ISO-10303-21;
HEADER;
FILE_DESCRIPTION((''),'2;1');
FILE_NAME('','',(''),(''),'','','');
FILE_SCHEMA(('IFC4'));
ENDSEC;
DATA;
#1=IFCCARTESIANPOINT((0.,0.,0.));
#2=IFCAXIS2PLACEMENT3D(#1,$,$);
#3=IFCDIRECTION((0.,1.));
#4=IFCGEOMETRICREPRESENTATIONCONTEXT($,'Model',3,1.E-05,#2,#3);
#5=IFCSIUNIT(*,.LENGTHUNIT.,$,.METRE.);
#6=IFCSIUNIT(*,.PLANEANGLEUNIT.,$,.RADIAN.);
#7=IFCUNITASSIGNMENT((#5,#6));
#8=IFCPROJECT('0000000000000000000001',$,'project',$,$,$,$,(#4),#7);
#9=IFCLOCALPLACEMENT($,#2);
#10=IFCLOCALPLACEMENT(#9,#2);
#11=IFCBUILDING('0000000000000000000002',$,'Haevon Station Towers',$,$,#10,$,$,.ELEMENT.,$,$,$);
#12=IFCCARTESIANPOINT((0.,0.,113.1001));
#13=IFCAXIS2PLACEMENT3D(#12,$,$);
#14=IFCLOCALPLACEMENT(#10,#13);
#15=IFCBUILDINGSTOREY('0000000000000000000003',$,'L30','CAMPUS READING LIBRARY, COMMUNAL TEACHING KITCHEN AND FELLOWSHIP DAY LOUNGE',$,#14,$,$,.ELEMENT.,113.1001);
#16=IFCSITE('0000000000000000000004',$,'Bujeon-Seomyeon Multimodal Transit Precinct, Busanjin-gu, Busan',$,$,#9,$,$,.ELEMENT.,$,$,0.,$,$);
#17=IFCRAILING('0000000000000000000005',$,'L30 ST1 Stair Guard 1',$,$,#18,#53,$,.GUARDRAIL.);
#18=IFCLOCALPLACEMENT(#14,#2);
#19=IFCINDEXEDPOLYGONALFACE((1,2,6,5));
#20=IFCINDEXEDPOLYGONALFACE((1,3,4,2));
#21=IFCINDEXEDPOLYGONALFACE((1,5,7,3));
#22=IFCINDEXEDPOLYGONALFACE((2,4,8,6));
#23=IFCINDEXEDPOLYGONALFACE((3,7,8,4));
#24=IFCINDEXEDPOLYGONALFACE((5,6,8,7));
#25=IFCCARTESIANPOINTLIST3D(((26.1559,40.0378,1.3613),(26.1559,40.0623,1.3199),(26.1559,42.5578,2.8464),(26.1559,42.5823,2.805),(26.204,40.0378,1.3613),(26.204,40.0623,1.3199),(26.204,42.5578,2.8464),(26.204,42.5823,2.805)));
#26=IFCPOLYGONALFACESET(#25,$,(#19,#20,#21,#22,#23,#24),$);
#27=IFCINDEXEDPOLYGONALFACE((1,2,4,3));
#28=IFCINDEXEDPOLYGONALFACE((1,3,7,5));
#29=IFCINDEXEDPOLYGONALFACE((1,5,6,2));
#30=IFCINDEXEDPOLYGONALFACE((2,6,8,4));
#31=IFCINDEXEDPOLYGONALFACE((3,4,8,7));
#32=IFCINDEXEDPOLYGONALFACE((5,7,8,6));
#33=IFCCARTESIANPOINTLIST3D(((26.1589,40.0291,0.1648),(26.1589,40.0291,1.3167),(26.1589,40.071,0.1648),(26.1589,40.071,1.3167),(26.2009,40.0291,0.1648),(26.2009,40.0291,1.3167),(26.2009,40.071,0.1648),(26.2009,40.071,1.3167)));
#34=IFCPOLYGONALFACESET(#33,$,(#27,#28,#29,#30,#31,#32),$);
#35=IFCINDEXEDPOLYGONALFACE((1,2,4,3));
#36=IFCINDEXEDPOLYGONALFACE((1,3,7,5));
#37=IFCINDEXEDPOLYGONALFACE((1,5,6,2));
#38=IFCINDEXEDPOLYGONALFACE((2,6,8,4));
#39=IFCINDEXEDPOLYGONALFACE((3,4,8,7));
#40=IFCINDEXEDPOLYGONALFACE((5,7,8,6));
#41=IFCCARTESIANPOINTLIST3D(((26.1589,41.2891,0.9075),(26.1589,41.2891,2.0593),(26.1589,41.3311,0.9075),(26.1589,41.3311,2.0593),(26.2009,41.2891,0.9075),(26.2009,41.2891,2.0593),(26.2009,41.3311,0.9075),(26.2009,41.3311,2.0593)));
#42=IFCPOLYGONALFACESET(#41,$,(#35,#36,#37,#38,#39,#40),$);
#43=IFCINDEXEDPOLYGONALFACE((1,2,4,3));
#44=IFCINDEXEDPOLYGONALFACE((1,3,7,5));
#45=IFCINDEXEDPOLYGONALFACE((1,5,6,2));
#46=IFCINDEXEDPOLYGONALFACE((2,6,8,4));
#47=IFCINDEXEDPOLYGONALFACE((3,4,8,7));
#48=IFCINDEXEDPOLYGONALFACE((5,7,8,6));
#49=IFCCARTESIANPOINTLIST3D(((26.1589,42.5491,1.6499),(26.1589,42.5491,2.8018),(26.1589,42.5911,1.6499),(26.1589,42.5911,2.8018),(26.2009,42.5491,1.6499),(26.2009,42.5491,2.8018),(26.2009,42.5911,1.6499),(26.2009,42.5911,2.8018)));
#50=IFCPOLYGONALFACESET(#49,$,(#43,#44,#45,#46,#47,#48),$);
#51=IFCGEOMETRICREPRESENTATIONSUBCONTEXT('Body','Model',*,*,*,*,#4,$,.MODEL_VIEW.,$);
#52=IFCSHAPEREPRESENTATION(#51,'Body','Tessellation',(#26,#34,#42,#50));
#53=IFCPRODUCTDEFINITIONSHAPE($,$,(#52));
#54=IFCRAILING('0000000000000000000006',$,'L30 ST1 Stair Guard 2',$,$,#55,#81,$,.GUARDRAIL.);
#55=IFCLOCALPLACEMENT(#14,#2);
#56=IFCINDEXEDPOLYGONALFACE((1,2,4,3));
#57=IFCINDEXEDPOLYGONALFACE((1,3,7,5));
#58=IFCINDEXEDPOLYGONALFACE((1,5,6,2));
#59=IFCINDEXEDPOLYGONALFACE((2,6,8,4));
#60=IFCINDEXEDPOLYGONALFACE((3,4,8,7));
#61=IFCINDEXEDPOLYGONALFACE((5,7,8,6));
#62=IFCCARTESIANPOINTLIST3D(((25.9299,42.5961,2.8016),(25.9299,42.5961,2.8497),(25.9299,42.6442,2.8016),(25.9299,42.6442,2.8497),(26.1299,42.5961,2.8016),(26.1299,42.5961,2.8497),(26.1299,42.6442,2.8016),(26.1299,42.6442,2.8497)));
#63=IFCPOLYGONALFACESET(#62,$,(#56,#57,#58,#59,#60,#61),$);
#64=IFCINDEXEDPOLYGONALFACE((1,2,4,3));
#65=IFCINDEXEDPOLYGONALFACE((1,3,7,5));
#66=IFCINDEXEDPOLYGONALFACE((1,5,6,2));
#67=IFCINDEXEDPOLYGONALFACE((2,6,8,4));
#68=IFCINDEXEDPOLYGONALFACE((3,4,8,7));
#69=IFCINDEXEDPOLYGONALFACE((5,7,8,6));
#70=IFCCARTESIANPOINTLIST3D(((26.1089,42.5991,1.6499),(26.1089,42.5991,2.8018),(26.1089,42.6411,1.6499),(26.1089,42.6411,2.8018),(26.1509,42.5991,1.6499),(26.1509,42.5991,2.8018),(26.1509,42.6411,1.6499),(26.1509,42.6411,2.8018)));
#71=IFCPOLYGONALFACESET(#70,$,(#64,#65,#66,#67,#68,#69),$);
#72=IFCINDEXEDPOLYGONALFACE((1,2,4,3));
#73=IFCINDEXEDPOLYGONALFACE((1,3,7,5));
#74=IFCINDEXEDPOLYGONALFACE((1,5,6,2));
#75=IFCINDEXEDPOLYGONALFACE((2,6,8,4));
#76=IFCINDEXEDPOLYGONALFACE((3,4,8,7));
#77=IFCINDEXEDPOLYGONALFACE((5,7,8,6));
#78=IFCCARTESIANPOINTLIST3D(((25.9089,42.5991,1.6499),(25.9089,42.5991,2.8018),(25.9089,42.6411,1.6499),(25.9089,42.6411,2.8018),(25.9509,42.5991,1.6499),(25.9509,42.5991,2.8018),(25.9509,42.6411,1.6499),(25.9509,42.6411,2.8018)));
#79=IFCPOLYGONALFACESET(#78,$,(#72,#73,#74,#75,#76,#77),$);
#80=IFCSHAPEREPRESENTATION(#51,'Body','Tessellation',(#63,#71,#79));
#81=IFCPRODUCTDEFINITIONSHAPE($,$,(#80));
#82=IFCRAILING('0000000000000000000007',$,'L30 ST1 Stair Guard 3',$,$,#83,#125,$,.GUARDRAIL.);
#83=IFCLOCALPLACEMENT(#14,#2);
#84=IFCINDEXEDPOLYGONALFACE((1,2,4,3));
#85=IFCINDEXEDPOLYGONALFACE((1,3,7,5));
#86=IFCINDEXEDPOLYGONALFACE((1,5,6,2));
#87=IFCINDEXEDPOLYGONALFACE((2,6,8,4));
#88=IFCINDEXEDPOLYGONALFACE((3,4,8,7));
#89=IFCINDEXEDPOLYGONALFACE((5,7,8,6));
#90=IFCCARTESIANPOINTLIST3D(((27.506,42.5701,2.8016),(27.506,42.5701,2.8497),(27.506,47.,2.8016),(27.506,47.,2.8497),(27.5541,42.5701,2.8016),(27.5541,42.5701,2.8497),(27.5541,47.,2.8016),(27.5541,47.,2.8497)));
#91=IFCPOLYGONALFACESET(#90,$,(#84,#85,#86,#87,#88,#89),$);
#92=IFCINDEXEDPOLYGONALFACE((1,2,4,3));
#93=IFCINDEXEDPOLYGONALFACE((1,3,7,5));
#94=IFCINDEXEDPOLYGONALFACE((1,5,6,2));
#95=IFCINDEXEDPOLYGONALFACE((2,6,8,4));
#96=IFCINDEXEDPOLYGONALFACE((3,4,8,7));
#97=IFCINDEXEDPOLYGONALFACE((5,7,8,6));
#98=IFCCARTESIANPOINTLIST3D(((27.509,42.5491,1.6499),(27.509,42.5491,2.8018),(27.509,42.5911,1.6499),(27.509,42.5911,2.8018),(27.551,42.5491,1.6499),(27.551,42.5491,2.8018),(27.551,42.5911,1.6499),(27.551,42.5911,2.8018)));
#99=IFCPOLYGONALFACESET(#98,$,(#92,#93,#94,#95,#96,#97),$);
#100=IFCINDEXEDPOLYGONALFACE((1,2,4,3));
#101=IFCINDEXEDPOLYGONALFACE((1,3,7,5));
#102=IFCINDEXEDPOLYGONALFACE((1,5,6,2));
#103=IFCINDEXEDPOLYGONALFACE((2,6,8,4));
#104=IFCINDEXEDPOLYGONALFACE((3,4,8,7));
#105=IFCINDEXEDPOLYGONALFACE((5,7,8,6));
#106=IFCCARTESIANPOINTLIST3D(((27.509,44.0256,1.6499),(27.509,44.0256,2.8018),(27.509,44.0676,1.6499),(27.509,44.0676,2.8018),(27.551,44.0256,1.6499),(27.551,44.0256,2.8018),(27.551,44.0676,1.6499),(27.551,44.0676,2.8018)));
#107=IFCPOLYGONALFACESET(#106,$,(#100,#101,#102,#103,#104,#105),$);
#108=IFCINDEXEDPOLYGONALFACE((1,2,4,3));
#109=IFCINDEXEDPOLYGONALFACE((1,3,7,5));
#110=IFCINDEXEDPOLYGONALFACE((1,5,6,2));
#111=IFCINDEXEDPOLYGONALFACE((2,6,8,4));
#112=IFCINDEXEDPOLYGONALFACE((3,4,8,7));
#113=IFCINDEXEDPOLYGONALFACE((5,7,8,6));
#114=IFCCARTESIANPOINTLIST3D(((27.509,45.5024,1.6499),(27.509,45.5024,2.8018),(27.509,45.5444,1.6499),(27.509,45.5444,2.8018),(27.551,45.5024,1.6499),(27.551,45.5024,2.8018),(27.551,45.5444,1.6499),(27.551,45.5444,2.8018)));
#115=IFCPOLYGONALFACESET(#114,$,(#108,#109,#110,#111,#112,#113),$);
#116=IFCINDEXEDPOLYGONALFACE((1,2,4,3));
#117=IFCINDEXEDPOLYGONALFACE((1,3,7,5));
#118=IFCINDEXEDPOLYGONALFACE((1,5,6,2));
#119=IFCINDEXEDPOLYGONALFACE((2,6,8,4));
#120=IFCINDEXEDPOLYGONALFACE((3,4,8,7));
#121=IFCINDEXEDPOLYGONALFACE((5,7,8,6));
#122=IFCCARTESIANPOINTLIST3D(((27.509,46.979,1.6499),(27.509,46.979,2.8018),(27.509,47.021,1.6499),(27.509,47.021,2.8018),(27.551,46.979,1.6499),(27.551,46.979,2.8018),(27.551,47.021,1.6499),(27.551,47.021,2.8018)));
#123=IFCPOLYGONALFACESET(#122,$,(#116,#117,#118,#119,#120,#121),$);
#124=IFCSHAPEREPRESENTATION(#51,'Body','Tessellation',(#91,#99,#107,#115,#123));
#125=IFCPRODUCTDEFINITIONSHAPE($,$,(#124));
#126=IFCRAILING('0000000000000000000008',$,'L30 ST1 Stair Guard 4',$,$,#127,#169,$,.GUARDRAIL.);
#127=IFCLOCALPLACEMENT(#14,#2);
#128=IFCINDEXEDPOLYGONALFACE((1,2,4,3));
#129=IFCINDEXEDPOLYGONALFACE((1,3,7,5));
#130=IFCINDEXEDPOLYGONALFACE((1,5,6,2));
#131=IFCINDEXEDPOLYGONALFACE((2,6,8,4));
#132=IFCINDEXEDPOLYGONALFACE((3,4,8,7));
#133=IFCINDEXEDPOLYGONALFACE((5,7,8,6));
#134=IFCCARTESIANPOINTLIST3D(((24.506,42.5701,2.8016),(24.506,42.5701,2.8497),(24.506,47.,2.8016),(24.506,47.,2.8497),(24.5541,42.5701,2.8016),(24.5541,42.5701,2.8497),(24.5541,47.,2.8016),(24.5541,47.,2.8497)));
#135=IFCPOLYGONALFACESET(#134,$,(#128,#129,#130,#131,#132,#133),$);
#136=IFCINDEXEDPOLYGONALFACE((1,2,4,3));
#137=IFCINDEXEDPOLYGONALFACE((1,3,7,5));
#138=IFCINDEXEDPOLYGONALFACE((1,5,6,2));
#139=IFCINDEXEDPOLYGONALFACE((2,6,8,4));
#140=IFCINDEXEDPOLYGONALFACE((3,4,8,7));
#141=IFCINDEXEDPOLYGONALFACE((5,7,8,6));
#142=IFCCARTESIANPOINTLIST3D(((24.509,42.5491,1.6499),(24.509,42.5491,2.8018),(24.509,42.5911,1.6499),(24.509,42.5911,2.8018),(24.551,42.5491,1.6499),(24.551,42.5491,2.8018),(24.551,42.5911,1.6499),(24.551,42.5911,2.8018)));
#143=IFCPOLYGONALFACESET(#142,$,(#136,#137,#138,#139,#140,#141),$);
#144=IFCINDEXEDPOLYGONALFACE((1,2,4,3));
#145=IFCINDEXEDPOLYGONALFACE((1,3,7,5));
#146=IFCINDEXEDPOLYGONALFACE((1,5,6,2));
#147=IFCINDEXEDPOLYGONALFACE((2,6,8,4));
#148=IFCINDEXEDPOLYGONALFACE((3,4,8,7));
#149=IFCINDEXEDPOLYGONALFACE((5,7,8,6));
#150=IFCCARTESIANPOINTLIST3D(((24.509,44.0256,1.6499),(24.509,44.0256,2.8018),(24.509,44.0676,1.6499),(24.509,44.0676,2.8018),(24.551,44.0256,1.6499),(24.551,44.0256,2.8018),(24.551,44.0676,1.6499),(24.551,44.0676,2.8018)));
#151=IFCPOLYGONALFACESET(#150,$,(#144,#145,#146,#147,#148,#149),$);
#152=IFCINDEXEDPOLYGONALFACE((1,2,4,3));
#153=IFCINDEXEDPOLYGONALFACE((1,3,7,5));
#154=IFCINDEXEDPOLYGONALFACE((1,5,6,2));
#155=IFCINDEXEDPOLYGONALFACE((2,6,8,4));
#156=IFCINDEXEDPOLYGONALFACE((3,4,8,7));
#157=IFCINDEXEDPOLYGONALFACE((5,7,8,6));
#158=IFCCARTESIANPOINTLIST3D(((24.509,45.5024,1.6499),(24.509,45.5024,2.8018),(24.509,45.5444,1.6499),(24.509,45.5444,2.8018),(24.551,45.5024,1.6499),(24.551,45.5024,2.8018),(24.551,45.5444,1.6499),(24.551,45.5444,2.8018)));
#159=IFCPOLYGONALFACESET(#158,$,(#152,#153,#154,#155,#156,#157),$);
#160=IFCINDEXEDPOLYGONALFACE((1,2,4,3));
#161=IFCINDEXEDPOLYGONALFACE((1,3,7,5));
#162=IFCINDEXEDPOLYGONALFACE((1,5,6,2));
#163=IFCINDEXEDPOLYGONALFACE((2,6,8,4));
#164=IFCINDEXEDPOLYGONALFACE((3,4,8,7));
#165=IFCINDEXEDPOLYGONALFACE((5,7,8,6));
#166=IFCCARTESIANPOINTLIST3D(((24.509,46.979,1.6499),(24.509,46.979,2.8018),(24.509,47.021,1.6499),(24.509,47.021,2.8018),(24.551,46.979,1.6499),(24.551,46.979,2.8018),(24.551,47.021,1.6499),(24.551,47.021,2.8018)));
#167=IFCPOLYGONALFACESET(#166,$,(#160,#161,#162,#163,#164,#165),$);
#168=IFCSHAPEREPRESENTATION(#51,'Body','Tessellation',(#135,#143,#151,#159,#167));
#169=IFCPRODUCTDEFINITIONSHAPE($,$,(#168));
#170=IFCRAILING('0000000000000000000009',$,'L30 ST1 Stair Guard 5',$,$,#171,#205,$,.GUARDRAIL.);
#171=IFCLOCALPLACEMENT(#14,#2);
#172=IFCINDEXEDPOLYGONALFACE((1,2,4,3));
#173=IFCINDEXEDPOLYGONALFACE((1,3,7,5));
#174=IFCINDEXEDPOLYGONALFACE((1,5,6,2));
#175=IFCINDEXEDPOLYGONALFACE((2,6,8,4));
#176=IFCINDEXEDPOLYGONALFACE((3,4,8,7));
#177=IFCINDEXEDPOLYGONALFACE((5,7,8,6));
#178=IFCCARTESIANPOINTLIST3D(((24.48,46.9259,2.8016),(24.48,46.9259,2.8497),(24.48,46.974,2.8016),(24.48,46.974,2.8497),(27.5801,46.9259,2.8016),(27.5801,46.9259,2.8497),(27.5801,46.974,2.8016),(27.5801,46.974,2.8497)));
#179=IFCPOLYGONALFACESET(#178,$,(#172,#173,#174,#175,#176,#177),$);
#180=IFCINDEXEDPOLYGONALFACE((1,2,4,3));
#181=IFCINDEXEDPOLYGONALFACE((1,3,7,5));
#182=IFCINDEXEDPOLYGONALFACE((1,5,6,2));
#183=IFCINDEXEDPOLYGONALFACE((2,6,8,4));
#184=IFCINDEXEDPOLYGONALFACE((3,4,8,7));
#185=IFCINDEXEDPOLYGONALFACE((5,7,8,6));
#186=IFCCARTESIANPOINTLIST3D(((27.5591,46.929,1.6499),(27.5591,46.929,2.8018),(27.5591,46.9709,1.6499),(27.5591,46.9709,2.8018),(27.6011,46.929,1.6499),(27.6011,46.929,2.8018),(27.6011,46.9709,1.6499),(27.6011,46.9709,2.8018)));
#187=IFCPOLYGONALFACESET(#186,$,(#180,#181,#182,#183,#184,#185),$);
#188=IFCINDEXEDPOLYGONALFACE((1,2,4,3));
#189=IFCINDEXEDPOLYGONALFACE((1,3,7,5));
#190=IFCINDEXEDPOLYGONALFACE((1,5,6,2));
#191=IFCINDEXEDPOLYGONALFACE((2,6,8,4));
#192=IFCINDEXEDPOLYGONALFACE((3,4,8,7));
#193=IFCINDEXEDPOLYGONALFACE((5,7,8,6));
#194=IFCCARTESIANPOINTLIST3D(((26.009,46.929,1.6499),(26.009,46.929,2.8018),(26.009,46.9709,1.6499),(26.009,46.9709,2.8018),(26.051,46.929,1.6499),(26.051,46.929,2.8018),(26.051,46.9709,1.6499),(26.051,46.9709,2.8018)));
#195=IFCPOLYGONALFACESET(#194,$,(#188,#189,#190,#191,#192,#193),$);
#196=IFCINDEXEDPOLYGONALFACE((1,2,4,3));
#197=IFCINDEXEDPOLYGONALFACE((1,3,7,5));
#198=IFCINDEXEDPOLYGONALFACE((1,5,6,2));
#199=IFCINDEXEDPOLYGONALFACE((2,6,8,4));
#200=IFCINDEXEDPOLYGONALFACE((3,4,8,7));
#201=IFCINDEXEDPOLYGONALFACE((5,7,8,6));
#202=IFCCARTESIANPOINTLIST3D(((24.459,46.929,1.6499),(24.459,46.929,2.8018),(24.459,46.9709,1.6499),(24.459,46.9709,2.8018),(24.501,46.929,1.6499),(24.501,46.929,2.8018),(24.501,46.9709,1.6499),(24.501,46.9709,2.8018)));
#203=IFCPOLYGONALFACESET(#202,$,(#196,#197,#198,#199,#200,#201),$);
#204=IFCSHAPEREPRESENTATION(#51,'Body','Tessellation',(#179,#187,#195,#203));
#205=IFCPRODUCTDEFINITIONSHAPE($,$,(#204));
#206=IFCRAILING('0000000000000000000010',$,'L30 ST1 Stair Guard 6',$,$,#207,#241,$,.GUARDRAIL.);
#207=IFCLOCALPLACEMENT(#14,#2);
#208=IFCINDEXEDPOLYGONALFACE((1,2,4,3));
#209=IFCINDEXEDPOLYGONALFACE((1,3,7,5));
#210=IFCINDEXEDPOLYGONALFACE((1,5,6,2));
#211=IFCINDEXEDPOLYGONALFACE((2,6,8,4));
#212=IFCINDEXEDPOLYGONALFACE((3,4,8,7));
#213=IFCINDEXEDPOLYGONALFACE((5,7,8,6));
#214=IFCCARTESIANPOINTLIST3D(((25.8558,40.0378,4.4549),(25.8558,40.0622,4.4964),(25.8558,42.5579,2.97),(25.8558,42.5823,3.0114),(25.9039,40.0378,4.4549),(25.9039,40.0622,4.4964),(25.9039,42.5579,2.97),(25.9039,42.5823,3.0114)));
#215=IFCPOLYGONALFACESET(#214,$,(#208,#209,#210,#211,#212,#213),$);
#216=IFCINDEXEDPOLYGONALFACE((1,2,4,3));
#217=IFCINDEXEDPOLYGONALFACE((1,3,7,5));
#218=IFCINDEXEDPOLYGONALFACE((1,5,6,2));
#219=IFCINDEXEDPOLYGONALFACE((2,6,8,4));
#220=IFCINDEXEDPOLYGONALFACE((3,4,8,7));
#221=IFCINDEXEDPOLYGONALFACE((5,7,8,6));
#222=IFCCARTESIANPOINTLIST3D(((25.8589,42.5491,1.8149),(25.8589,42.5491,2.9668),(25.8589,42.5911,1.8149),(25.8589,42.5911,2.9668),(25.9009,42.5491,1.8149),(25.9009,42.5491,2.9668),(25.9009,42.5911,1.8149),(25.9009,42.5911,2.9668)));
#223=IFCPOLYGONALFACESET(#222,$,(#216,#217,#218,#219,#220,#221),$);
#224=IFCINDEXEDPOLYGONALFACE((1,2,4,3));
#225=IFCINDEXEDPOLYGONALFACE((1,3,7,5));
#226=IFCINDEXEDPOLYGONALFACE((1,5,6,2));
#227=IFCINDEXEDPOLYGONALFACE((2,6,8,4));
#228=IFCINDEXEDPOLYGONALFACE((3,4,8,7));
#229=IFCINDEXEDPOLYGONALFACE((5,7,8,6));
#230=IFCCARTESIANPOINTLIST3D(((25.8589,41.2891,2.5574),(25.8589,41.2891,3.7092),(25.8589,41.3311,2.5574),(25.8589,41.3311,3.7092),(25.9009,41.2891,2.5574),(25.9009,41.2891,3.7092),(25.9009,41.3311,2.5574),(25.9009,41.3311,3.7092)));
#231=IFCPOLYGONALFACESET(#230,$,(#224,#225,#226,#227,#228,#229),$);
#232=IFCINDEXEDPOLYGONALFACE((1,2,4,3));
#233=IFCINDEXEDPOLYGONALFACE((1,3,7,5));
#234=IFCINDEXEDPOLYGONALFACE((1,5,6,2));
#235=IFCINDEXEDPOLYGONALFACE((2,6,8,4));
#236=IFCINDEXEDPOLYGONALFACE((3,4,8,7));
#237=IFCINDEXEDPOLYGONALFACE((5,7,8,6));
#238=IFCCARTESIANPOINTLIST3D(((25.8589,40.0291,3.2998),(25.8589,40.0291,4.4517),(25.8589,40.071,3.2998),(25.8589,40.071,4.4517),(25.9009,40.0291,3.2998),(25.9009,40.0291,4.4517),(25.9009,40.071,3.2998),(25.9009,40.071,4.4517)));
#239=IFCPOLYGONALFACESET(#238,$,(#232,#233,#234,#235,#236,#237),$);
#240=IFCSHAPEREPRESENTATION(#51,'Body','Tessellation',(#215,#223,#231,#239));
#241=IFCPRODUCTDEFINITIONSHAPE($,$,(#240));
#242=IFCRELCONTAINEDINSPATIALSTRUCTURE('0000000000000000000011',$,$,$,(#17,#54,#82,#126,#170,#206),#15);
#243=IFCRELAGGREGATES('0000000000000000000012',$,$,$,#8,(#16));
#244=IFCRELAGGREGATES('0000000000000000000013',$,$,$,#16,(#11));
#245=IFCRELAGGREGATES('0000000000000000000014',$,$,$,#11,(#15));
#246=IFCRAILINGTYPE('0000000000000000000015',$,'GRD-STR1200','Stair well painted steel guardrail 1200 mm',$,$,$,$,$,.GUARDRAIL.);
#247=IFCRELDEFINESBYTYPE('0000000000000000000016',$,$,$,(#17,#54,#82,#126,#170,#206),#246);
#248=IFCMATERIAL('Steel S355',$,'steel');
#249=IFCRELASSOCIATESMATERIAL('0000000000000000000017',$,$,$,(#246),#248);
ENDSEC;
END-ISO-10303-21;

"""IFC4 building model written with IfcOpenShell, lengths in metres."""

from ifc_helpers import new_model, si_unit, direction, frame, origin, origin_2d, place, context, subcontext, project, spatial, rectangle, extrude, material, type_object, element, save


model = new_model("IFC4")

# Units and contexts
model_context = context("Model", 3, precision=1e-05, world=origin(), true_north=direction((0.0, 1.0)))
body_context = subcontext(model_context, "Body", "Model", "MODEL_VIEW")
ifc_project = project(units=[si_unit("LENGTHUNIT", "METRE"), si_unit("PLANEANGLEUNIT", "RADIAN")], contexts=[model_context])

# Site, building, storey
site_placement = place(None, origin())
site = spatial("IfcSite", under=ifc_project, at=site_placement, Name="Bujeon-Seomyeon Multimodal Transit Precinct, Busanjin-gu, Busan", CompositionType="ELEMENT", RefElevation=0.0)
building_placement = place(site_placement, origin())
building = spatial("IfcBuilding", under=site, at=building_placement, Name="Haevon Station Towers", CompositionType="ELEMENT")
storey_placement = place(building_placement, frame((0.0, 0.0, 113.1001)))
storey = spatial("IfcBuildingStorey", under=building, at=storey_placement, Name="L30", Description="CAMPUS READING LIBRARY, COMMUNAL TEACHING KITCHEN AND FELLOWSHIP DAY LOUNGE", CompositionType="ELEMENT", Elevation=113.1001)

# Shared definitions
ifc_material_1 = material(Name="Steel S355", Category="steel")

# Railings
railing_type_1 = type_object("IfcRailingType", Name="GRD-STR1200", Description="Stair well painted steel guardrail 1200 mm", PredefinedType="GUARDRAIL", material=ifc_material_1)
railing_1_placement = place(storey_placement, frame((26.1799, 40.05, 0.1648)))
element("IfcRailing", 1, at=railing_1_placement, inside=storey, type_object=railing_type_1, Name="L30 ST1 Stair Guard 1", PredefinedType="GUARDRAIL", context=body_context, shape_type="SweptSolid", body=[
    extrude(rectangle(XDim=0.0481, YDim=0.0481, at=origin_2d()), frame((0.0, 0.0, 1.1758), z_axis=(0.0, 0.861524, 0.507717), x_axis=(-1.0, 0.0, 0.0)), (0.0, 0.0, 1.0), 2.925),
    extrude(rectangle(XDim=0.042, YDim=0.042, at=origin_2d()), origin(), (0.0, 0.0, 1.0), 1.1519),
    extrude(rectangle(XDim=0.042, YDim=0.042, at=origin_2d()), frame((0.0, 1.26, 0.7427)), (0.0, 0.0, 1.0), 1.1519),
    extrude(rectangle(XDim=0.042, YDim=0.042, at=origin_2d()), frame((0.0, 2.52, 1.4851)), (0.0, 0.0, 1.0), 1.1519),
])
railing_2_placement = place(storey_placement, frame((26.1299, 42.6201, 1.6499)))
element("IfcRailing", 2, at=railing_2_placement, inside=storey, type_object=railing_type_1, Name="L30 ST1 Stair Guard 2", PredefinedType="GUARDRAIL", context=body_context, shape_type="SweptSolid", body=[
    extrude(rectangle(XDim=0.0481, YDim=0.0481, at=origin_2d()), frame((0.0, 0.0, 1.1758), z_axis=(-1.0, 0.0, 0.0), x_axis=(0.0, -1.0, 0.0)), (0.0, 0.0, 1.0), 0.2),
    extrude(rectangle(XDim=0.042, YDim=0.042, at=origin_2d()), origin(), (0.0, 0.0, 1.0), 1.1519),
    extrude(rectangle(XDim=0.042, YDim=0.042, at=origin_2d()), frame((-0.2, 0.0, 0.0)), (0.0, 0.0, 1.0), 1.1519),
])
for number, where, name in (
    (3, (27.53, 42.5701, 1.6499), "L30 ST1 Stair Guard 3"),
    (4, (24.53, 42.5701, 1.6499), "L30 ST1 Stair Guard 4"),
):
    element("IfcRailing", number, at=place(storey_placement, frame(where)), inside=storey, type_object=railing_type_1, Name=name, PredefinedType="GUARDRAIL", context=body_context, shape_type="SweptSolid", body=[
        extrude(rectangle(XDim=0.0481, YDim=0.0481, at=origin_2d()), frame((0.0, 0.0, 1.1758), z_axis=(0.0, 1.0, 0.0), x_axis=(-1.0, 0.0, 0.0)), (0.0, 0.0, 1.0), 4.4299),
        extrude(rectangle(XDim=0.042, YDim=0.042, at=origin_2d()), origin(), (0.0, 0.0, 1.0), 1.1519),
        extrude(rectangle(XDim=0.042, YDim=0.042, at=origin_2d()), frame((0.0, 1.4766, 0.0)), (0.0, 0.0, 1.0), 1.1519),
        extrude(rectangle(XDim=0.042, YDim=0.042, at=origin_2d()), frame((0.0, 2.9534, 0.0)), (0.0, 0.0, 1.0), 1.1519),
        extrude(rectangle(XDim=0.042, YDim=0.042, at=origin_2d()), frame((0.0, 4.4299, 0.0)), (0.0, 0.0, 1.0), 1.1519),
    ])
railing_3_placement = place(storey_placement, frame((27.5801, 46.95, 1.6499)))
element("IfcRailing", 5, at=railing_3_placement, inside=storey, type_object=railing_type_1, Name="L30 ST1 Stair Guard 5", PredefinedType="GUARDRAIL", context=body_context, shape_type="SweptSolid", body=[
    extrude(rectangle(XDim=0.0481, YDim=0.0481, at=origin_2d()), frame((0.0, 0.0, 1.1758), z_axis=(-1.0, 0.0, 0.0), x_axis=(0.0, -1.0, 0.0)), (0.0, 0.0, 1.0), 3.1001),
    extrude(rectangle(XDim=0.042, YDim=0.042, at=origin_2d()), origin(), (0.0, 0.0, 1.0), 1.1519),
    extrude(rectangle(XDim=0.042, YDim=0.042, at=origin_2d()), frame((-1.55, 0.0, 0.0)), (0.0, 0.0, 1.0), 1.1519),
    extrude(rectangle(XDim=0.042, YDim=0.042, at=origin_2d()), frame((-3.1001, 0.0, 0.0)), (0.0, 0.0, 1.0), 1.1519),
])
railing_4_placement = place(storey_placement, frame((25.8799, 42.5701, 1.8149)))
element("IfcRailing", 6, at=railing_4_placement, inside=storey, type_object=railing_type_1, Name="L30 ST1 Stair Guard 6", PredefinedType="GUARDRAIL", context=body_context, shape_type="SweptSolid", body=[
    extrude(rectangle(XDim=0.0481, YDim=0.0481, at=origin_2d()), frame((0.0, 0.0, 1.1758), z_axis=(0.0, -0.861561, 0.507655), x_axis=(1.0, 0.0, 0.0)), (0.0, 0.0, 1.0), 2.925),
    extrude(rectangle(XDim=0.042, YDim=0.042, at=origin_2d()), origin(), (0.0, 0.0, 1.0), 1.1519),
    extrude(rectangle(XDim=0.042, YDim=0.042, at=origin_2d()), frame((0.0, -1.26, 0.7424)), (0.0, 0.0, 1.0), 1.1519),
    extrude(rectangle(XDim=0.042, YDim=0.042, at=origin_2d()), frame((0.0, -2.52, 1.4849)), (0.0, 0.0, 1.0), 1.1519),
])

save(model, "model.ifc")
